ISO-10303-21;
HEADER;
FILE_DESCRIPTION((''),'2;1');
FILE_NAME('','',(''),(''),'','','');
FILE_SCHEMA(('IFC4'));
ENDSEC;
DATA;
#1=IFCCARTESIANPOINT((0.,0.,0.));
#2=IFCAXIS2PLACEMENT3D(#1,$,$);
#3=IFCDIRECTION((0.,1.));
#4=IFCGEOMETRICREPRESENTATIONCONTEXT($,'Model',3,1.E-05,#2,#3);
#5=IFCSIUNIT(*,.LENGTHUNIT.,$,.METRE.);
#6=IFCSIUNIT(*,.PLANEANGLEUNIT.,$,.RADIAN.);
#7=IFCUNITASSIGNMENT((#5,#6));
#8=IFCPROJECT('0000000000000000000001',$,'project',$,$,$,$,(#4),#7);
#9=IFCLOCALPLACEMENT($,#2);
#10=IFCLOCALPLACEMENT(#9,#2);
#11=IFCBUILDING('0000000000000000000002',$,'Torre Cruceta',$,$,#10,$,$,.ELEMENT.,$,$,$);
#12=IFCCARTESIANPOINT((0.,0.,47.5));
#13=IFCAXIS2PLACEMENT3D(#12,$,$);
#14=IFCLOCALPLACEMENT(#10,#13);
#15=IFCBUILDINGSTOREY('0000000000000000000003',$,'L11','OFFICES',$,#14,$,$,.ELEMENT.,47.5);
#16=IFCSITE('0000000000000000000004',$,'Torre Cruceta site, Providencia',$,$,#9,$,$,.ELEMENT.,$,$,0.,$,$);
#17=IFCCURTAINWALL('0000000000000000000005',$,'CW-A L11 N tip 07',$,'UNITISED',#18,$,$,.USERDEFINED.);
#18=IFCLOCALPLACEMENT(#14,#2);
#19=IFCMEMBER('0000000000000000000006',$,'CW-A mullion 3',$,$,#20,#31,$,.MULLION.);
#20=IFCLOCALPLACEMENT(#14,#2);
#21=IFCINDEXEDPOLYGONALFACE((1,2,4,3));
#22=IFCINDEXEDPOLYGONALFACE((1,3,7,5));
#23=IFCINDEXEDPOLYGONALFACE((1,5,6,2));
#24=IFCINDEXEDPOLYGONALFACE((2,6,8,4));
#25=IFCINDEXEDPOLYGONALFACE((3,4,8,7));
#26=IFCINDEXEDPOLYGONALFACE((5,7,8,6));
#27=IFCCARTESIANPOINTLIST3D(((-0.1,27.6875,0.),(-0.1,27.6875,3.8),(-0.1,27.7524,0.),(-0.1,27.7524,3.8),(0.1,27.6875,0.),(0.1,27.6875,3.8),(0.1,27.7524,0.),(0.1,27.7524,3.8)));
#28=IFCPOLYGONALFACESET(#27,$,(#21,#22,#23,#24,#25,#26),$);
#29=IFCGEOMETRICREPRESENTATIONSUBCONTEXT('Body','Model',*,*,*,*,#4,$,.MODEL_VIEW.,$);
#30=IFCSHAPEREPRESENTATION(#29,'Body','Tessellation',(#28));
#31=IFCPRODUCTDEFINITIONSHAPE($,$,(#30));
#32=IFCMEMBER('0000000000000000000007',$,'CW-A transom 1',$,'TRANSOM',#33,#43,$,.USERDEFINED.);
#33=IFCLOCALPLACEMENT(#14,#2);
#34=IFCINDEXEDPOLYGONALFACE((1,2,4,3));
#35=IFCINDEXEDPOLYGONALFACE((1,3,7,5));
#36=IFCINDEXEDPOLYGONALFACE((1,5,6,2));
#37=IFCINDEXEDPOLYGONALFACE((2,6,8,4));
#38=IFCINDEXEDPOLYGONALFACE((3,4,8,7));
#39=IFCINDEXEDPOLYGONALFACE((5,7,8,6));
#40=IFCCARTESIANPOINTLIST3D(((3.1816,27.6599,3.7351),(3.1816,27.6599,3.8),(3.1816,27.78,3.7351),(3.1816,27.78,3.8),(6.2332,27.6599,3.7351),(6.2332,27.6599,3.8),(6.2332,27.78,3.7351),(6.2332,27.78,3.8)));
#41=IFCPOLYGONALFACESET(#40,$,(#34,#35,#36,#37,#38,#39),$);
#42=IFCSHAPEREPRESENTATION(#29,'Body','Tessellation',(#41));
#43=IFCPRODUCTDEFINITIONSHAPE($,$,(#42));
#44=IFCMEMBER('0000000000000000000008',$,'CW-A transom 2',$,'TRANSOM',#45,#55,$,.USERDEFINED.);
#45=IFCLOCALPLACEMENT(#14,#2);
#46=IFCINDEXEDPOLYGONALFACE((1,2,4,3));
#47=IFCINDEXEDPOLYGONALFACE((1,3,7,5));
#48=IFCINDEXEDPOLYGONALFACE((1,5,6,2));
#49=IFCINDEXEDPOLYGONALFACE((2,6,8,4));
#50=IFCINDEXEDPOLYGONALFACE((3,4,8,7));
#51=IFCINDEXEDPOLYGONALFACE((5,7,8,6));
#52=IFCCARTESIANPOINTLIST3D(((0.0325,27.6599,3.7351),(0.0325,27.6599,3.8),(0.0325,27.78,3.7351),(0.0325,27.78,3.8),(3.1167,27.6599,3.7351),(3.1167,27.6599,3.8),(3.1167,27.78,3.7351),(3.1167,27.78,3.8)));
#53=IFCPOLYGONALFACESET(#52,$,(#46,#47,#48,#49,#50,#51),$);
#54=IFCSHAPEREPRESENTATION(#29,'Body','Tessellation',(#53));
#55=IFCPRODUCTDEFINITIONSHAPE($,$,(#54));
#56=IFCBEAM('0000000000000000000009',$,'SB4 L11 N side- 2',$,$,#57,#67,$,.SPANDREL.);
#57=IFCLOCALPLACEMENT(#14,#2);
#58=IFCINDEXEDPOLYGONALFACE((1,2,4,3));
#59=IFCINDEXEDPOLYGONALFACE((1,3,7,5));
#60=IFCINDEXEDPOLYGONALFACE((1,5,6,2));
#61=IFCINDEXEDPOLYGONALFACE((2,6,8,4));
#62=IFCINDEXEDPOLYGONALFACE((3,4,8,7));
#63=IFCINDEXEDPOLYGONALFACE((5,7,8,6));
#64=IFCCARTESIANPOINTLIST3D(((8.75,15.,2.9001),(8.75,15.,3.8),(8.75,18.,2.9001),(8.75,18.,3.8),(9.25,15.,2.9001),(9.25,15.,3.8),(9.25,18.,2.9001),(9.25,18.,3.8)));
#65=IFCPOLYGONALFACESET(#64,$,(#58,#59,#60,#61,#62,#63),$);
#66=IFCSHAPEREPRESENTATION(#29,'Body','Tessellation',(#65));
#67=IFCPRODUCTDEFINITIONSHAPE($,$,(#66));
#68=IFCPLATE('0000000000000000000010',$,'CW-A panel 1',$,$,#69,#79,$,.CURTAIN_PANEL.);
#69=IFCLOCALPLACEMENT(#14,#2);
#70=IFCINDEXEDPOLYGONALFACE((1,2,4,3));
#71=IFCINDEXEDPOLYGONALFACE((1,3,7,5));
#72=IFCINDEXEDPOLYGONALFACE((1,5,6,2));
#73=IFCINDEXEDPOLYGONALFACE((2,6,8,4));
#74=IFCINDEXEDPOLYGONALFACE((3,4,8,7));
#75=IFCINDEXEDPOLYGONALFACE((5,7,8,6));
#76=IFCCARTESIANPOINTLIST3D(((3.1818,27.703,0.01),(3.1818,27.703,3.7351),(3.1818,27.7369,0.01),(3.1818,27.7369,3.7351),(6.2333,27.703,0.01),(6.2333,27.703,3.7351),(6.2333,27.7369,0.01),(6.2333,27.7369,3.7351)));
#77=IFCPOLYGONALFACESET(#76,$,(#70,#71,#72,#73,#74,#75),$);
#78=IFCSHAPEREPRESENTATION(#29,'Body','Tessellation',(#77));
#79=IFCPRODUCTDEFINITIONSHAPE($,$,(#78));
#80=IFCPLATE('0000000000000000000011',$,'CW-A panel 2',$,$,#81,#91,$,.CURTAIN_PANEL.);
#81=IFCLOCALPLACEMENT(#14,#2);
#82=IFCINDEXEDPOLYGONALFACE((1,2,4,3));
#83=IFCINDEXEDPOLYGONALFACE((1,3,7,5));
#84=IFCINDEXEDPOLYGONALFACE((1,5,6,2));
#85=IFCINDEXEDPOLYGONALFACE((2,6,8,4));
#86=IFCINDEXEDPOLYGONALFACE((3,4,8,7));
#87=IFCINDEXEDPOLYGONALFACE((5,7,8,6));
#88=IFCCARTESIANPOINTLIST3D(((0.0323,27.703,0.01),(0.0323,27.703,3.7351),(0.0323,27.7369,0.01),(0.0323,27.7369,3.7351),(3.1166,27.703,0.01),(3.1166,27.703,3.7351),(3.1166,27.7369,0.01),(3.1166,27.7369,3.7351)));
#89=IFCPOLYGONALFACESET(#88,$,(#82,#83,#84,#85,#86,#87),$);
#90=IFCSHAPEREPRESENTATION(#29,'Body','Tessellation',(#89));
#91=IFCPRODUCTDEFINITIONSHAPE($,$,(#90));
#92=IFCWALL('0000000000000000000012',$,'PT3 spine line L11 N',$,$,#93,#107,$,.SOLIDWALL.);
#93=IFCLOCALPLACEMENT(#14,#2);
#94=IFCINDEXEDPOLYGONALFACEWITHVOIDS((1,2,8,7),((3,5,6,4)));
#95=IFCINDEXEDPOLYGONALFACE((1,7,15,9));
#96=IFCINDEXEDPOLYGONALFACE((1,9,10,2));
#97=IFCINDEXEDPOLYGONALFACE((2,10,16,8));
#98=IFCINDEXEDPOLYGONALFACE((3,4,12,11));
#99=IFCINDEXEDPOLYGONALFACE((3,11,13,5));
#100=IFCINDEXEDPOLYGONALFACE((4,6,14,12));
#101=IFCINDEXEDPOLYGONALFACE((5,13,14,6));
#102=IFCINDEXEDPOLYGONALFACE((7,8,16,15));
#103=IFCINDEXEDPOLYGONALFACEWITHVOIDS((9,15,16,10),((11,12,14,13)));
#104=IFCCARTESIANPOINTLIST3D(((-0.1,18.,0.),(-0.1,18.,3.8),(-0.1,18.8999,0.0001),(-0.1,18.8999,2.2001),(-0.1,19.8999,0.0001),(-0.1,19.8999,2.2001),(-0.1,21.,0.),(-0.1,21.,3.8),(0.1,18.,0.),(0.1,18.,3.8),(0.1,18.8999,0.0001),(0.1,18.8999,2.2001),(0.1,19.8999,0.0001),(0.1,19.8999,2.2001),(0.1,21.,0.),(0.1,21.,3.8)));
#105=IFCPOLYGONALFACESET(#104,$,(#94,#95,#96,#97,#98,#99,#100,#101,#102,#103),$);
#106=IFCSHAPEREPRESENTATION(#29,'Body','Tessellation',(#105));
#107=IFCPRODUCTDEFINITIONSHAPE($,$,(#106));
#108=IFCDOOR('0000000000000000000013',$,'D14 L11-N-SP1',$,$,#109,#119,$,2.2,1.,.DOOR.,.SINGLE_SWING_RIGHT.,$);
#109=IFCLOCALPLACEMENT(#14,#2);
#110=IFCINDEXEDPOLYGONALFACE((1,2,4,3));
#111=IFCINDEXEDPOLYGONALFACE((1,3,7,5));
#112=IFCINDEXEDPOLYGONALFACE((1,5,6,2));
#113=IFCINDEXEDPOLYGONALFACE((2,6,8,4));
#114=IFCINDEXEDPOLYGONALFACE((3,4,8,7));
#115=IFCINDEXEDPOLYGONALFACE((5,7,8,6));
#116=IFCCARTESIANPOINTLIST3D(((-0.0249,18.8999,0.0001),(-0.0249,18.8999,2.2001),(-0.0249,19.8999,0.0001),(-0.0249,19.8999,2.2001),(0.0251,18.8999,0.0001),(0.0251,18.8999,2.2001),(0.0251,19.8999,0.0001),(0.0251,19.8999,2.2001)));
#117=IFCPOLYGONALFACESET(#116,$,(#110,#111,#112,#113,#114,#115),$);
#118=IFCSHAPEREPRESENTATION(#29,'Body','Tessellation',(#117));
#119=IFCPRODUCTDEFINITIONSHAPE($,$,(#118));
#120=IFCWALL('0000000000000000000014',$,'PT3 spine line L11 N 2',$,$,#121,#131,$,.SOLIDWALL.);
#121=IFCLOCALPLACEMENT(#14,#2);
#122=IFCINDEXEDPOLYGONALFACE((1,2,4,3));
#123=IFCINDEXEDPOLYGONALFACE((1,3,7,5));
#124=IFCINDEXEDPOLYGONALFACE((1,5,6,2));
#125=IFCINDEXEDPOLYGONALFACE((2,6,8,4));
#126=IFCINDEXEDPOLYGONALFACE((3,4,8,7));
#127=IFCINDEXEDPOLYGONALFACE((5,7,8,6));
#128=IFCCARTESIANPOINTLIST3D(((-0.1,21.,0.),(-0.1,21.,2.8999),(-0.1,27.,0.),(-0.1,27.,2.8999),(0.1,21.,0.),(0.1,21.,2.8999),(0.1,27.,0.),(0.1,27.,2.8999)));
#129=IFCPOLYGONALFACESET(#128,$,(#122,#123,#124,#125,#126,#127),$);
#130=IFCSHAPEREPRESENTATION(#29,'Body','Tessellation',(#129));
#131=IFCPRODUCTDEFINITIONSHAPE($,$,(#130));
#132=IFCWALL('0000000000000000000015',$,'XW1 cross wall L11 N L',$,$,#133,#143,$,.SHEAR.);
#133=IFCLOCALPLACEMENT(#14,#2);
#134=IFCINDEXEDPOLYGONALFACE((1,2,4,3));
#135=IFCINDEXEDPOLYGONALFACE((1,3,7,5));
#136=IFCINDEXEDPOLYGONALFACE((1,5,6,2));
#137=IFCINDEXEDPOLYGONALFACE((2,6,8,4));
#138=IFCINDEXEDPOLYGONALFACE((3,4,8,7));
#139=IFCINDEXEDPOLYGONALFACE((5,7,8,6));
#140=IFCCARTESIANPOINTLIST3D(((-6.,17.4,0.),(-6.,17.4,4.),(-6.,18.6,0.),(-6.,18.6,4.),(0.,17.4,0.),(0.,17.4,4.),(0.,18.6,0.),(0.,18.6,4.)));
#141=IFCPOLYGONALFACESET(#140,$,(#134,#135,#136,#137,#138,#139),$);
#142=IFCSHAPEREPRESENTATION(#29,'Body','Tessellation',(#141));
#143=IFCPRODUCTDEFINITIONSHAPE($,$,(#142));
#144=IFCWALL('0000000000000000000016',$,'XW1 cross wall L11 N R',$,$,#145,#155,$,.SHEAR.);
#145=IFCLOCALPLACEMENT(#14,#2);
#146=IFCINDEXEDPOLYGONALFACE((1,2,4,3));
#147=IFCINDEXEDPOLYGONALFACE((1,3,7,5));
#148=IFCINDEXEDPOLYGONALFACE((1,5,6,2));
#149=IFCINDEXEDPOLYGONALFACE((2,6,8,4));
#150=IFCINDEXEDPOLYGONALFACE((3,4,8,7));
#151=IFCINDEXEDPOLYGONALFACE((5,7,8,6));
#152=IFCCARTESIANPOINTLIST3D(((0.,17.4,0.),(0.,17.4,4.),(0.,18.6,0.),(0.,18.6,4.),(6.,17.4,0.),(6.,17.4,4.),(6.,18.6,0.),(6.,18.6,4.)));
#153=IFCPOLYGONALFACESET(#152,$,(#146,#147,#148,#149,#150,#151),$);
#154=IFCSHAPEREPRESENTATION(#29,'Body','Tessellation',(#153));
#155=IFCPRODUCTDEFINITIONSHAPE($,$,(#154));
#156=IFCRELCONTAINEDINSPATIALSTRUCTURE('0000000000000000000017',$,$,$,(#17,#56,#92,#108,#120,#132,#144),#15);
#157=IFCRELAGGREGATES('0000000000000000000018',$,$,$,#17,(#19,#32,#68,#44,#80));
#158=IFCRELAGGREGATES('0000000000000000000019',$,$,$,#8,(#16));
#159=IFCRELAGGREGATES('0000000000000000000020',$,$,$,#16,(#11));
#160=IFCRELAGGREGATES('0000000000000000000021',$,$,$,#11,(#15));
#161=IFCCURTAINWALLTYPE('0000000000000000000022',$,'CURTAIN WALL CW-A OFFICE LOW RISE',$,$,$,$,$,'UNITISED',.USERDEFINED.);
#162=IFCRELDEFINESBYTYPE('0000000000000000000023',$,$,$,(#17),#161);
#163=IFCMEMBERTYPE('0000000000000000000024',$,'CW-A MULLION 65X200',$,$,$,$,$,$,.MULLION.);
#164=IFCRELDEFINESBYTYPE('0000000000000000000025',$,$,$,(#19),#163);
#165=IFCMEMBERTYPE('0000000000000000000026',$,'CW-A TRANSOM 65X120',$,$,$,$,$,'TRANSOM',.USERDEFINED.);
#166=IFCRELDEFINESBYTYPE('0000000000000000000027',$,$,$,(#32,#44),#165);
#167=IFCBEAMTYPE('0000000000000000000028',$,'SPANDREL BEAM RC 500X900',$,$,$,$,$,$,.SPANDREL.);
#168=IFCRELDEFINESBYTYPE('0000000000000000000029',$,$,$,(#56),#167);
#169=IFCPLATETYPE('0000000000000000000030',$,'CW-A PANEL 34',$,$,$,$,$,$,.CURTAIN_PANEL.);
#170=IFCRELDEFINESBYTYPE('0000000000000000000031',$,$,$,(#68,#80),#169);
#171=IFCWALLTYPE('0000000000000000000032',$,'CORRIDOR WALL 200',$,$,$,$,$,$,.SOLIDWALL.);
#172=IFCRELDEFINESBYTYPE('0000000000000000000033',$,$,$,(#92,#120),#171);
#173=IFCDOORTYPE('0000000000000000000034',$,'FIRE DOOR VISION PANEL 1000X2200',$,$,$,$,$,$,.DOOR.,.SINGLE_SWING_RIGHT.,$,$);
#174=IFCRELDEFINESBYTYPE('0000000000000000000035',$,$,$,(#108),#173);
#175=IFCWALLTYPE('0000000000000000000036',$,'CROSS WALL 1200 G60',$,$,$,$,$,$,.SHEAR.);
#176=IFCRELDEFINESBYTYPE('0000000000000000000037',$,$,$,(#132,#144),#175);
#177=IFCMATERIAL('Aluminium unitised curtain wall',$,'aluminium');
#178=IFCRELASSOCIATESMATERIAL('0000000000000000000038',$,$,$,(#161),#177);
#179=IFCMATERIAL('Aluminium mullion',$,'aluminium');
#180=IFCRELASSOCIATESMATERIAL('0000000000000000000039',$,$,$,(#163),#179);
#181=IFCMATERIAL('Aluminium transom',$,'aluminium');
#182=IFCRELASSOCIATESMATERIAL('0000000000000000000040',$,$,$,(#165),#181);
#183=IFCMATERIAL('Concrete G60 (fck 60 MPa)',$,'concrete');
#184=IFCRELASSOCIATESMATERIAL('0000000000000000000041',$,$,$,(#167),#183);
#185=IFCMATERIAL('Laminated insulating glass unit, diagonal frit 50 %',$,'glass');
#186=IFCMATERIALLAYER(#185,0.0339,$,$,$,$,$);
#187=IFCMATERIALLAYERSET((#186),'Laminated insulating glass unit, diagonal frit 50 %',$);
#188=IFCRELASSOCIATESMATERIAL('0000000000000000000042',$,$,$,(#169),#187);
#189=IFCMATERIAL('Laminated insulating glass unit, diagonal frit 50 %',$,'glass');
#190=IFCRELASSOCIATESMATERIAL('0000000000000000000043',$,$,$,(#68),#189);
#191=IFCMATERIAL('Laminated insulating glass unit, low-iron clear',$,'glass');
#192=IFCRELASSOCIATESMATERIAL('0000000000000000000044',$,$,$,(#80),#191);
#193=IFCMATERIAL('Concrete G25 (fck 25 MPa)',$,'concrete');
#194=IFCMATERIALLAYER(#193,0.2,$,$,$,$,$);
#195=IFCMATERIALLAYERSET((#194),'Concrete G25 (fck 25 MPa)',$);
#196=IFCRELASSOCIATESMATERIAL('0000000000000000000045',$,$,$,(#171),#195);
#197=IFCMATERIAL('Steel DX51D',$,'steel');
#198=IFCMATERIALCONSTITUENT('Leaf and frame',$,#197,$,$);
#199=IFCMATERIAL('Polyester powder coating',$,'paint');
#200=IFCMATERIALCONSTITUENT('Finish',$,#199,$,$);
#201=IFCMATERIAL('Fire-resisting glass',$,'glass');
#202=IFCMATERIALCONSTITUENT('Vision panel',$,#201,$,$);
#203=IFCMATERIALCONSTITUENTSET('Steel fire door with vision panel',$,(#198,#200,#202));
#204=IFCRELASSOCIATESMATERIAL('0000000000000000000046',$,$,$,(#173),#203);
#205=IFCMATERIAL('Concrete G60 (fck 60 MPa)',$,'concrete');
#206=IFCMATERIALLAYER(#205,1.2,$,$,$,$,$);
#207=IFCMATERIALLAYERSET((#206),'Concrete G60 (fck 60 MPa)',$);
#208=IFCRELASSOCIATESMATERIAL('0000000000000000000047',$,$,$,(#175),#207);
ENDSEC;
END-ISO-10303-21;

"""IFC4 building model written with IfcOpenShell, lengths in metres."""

from ifc_helpers import new_model, si_unit, direction, frame, frame_2d, origin, origin_2d, place, context, subcontext, project, spatial, rectangle, extrude, material, layer, layer_set, constituent, constituent_set, material_profile, profile_set, type_object, element, fill, aggregate, save


model = new_model("IFC4")

# Units and contexts
model_context = context("Model", 3, precision=1e-05, world=origin(), true_north=direction((0.0, 1.0)))
body_context = subcontext(model_context, "Body", "Model", "MODEL_VIEW")
ifc_project = project(units=[si_unit("LENGTHUNIT", "METRE"), si_unit("PLANEANGLEUNIT", "RADIAN")], contexts=[model_context])

# Site, building, storey
site_placement = place(None, origin())
site = spatial("IfcSite", under=ifc_project, at=site_placement, Name="Torre Cruceta site, Providencia", CompositionType="ELEMENT", RefElevation=0.0)
building_placement = place(site_placement, origin())
building = spatial("IfcBuilding", under=site, at=building_placement, Name="Torre Cruceta", CompositionType="ELEMENT")
storey_placement = place(building_placement, frame((0.0, 0.0, 47.5)))
storey = spatial("IfcBuildingStorey", under=building, at=storey_placement, Name="L11", Description="OFFICES", CompositionType="ELEMENT", Elevation=47.5)

# Curtain wall, members
ifc_material_1 = material(Name="Aluminium unitised curtain wall", Category="aluminium")
curtain_wall_type = type_object("IfcCurtainWallType", Name="CURTAIN WALL CW-A OFFICE LOW RISE", ElementType="UNITISED", PredefinedType="USERDEFINED", material=ifc_material_1)
curtain_wall_placement = place(storey_placement, origin())
curtain_wall = element("IfcCurtainWall", 1, at=curtain_wall_placement, inside=storey, type_object=curtain_wall_type, Name="CW-A L11 N tip 07", ObjectType="UNITISED", PredefinedType="USERDEFINED")
ifc_material_2 = material(Name="Aluminium mullion", Category="aluminium")
ifc_material_profile_1 = material_profile(ifc_material_2, rectangle(XDim=0.0649, YDim=0.2, at=origin_2d()), Name="AL 65X200")
ifc_profile_set_1 = profile_set([ifc_material_profile_1], Name="Aluminium mullion")
member_type_1 = type_object("IfcMemberType", Name="CW-A MULLION 65X200", PredefinedType="MULLION", material=ifc_profile_set_1)
member_1_placement = place(storey_placement, frame((0.0, 27.72, 0.0), z_axis=(0.0, 0.0, 1.0), x_axis=(0.0, -1.0, 0.0)))
member_1 = element("IfcMember", 2, at=member_1_placement, type_object=member_type_1, Name="CW-A mullion 3", PredefinedType="MULLION", context=body_context, shape_type="SweptSolid", body=[
    extrude(rectangle(XDim=0.0649, YDim=0.2, at=origin_2d()), origin(), (0.0, 0.0, 1.0), 3.8),
])
ifc_material_3 = material(Name="Aluminium transom", Category="aluminium")
ifc_material_profile_2 = material_profile(ifc_material_3, rectangle(XDim=0.1201, YDim=0.0649, at=origin_2d()), Name="AL 120X65")
ifc_profile_set_2 = profile_set([ifc_material_profile_2], Name="Aluminium transom")
member_type_2 = type_object("IfcMemberType", Name="CW-A TRANSOM 65X120", ElementType="TRANSOM", PredefinedType="USERDEFINED", material=ifc_profile_set_2)
member_2_placement = place(storey_placement, frame((6.2332, 27.72, 3.7676), z_axis=(-1.0, 0.0, 0.0), x_axis=(0.0, -1.0, 0.0)))
member_2 = element("IfcMember", 3, at=member_2_placement, type_object=member_type_2, Name="CW-A transom 1", ObjectType="TRANSOM", PredefinedType="USERDEFINED", context=body_context, shape_type="SweptSolid", body=[
    extrude(rectangle(XDim=0.1201, YDim=0.0649, at=origin_2d()), origin(), (0.0, 0.0, 1.0), 3.0515),
])
member_3_placement = place(storey_placement, frame((3.1167, 27.72, 3.7676), z_axis=(-1.0, 0.0, 0.0), x_axis=(0.0, -1.0, 0.0)))
member_3 = element("IfcMember", 4, at=member_3_placement, type_object=member_type_2, Name="CW-A transom 2", ObjectType="TRANSOM", PredefinedType="USERDEFINED", context=body_context, shape_type="SweptSolid", body=[
    extrude(rectangle(XDim=0.1201, YDim=0.0649, at=origin_2d()), origin(), (0.0, 0.0, 1.0), 3.0842),
])

# Beam
ifc_material_4 = material(Name="Concrete G60 (fck 60 MPa)", Category="concrete")
ifc_material_profile_3 = material_profile(ifc_material_4, rectangle(XDim=0.5, YDim=0.8999, at=origin_2d()), Name="RC 500X900")
ifc_profile_set_3 = profile_set([ifc_material_profile_3], Name="Concrete G60 (fck 60 MPa)")
beam_type_1 = type_object("IfcBeamType", Name="SPANDREL BEAM RC 500X900", PredefinedType="SPANDREL", material=ifc_profile_set_3)
beam_placement = place(storey_placement, frame((9.0, 15.0, 3.3501), z_axis=(0.0, 1.0, 0.0), x_axis=(-1.0, 0.0, 0.0)))
element("IfcBeam", 5, at=beam_placement, inside=storey, type_object=beam_type_1, Name="SB4 L11 N side- 2", PredefinedType="SPANDREL", context=body_context, shape_type="SweptSolid", body=[
    extrude(rectangle(XDim=0.5, YDim=0.8999, at=origin_2d()), origin(), (0.0, 0.0, 1.0), 3.0),
])

# Plates
ifc_material_5 = material(Name="Laminated insulating glass unit, diagonal frit 50 %", Category="glass")
ifc_material_6 = material(Name="Laminated insulating glass unit, diagonal frit 50 %", Category="glass")
ifc_layer_1 = layer(ifc_material_6, 0.0339)
ifc_layer_set_1 = layer_set([ifc_layer_1], Name="Laminated insulating glass unit, diagonal frit 50 %")
plate_type = type_object("IfcPlateType", Name="CW-A PANEL 34", PredefinedType="CURTAIN_PANEL", material=ifc_layer_set_1)
plate_1_placement = place(storey_placement, frame((4.7075, 27.72, 0.01), z_axis=(0.0, 0.0, 1.0), x_axis=(-1.0, 0.0, 0.0)))
plate_1 = element("IfcPlate", 6, at=plate_1_placement, type_object=plate_type, material=ifc_material_5, Name="CW-A panel 1", PredefinedType="CURTAIN_PANEL", context=body_context, shape_type="SweptSolid", body=[
    extrude(rectangle(XDim=3.0515, YDim=0.0339, at=origin_2d()), origin(), (0.0, 0.0, 1.0), 3.7251),
])
ifc_material_7 = material(Name="Laminated insulating glass unit, low-iron clear", Category="glass")
plate_2_placement = place(storey_placement, frame((1.5745, 27.72, 0.01), z_axis=(0.0, 0.0, 1.0), x_axis=(-1.0, 0.0, 0.0)))
plate_2 = element("IfcPlate", 7, at=plate_2_placement, type_object=plate_type, material=ifc_material_7, Name="CW-A panel 2", PredefinedType="CURTAIN_PANEL", context=body_context, shape_type="SweptSolid", body=[
    extrude(rectangle(XDim=3.0842, YDim=0.0339, at=origin_2d()), origin(), (0.0, 0.0, 1.0), 3.7251),
])
aggregate(curtain_wall, [member_1, member_2, plate_1, member_3, plate_2])

# Wall, opening, door
ifc_material_8 = material(Name="Concrete G25 (fck 25 MPa)", Category="concrete")
ifc_layer_2 = layer(ifc_material_8, 0.2)
ifc_layer_set_2 = layer_set([ifc_layer_2], Name="Concrete G25 (fck 25 MPa)")
wall_type_1 = type_object("IfcWallType", Name="CORRIDOR WALL 200", PredefinedType="SOLIDWALL", material=ifc_layer_set_2)
wall_1_placement = place(storey_placement, frame((0.0, 18.0, 0.0), z_axis=(0.0, 0.0, 1.0), x_axis=(0.0, 1.0, 0.0)))
wall_1 = element("IfcWall", 8, at=wall_1_placement, inside=storey, type_object=wall_type_1, Name="PT3 spine line L11 N", PredefinedType="SOLIDWALL", context=body_context, shape_type="SweptSolid", body=[
    extrude(rectangle(XDim=3.0, YDim=0.2, at=frame_2d((1.5, 0.0))), origin(), (0.0, 0.0, 1.0), 3.8),
])
opening_1_placement = place(wall_1_placement, frame((0.8999, 0.0, 0.0)))
opening_1 = element("IfcOpeningElement", 9, at=opening_1_placement, cuts=wall_1, PredefinedType="OPENING", context=body_context, shape_type="SweptSolid", body=[
    extrude(rectangle(XDim=1.0, YDim=2.2, at=frame_2d((0.5, 1.1001))), frame((0.0, 0.1099, 0.0), z_axis=(0.0, -1.0, 0.0), x_axis=(1.0, 0.0, 0.0)), (0.0, 0.0, 1.0), 0.22),
])
ifc_material_9 = material(Name="Steel DX51D", Category="steel")
ifc_constituent_1 = constituent(ifc_material_9, Name="Leaf and frame")
ifc_material_10 = material(Name="Polyester powder coating", Category="paint")
ifc_constituent_2 = constituent(ifc_material_10, Name="Finish")
ifc_material_11 = material(Name="Fire-resisting glass", Category="glass")
ifc_constituent_3 = constituent(ifc_material_11, Name="Vision panel")
ifc_constituent_set_1 = constituent_set(constituents=[ifc_constituent_1, ifc_constituent_2, ifc_constituent_3], Name="Steel fire door with vision panel")
door_type_1 = type_object("IfcDoorType", Name="FIRE DOOR VISION PANEL 1000X2200", OperationType="SINGLE_SWING_RIGHT", PredefinedType="DOOR", material=ifc_constituent_set_1)
door_1_placement = place(opening_1_placement, frame((1.0, 0.0, 0.0), z_axis=(0.0, 0.0, 1.0), x_axis=(-1.0, 0.0, 0.0)))
door_1 = element("IfcDoor", 10, at=door_1_placement, inside=storey, type_object=door_type_1, Name="D14 L11-N-SP1", OperationType="SINGLE_SWING_RIGHT", OverallHeight=2.2, OverallWidth=1.0, PredefinedType="DOOR", context=body_context, shape_type="SweptSolid", body=[
    extrude(rectangle(XDim=1.0, YDim=2.2, at=frame_2d((0.5, 1.1001))), frame((0.0, 0.0251, 0.0), z_axis=(0.0, -1.0, 0.0), x_axis=(1.0, 0.0, 0.0)), (0.0, 0.0, 1.0), 0.05),
])
fill(opening_1, door_1)

# Walls
wall_2_placement = place(storey_placement, frame((0.0, 21.0, 0.0), z_axis=(0.0, 0.0, 1.0), x_axis=(0.0, 1.0, 0.0)))
element("IfcWall", 11, at=wall_2_placement, inside=storey, type_object=wall_type_1, Name="PT3 spine line L11 N 2", PredefinedType="SOLIDWALL", context=body_context, shape_type="SweptSolid", body=[
    extrude(rectangle(XDim=6.0, YDim=0.2, at=frame_2d((3.0, 0.0))), origin(), (0.0, 0.0, 1.0), 2.8999),
])
ifc_material_12 = material(Name="Concrete G60 (fck 60 MPa)", Category="concrete")
ifc_layer_3 = layer(ifc_material_12, 1.2)
ifc_layer_set_3 = layer_set([ifc_layer_3], Name="Concrete G60 (fck 60 MPa)")
wall_type_2 = type_object("IfcWallType", Name="CROSS WALL 1200 G60", PredefinedType="SHEAR", material=ifc_layer_set_3)
for number, where, z_axis, x_axis, name in (
    (12, (0.0, 18.0, 0.0), (0.0, 0.0, 1.0), (-1.0, 0.0, 0.0), "XW1 cross wall L11 N L"),
    (13, (0.0, 18.0, 0.0), (0.0, 0.0, 1.0), (1.0, 0.0, 0.0), "XW1 cross wall L11 N R"),
):
    element("IfcWall", number, at=place(storey_placement, frame(where, z_axis=z_axis, x_axis=x_axis)), inside=storey, type_object=wall_type_2, Name=name, PredefinedType="SHEAR", context=body_context, shape_type="SweptSolid", body=[
        extrude(rectangle(XDim=6.0, YDim=1.2, at=frame_2d((3.0, 0.0))), origin(), (0.0, 0.0, 1.0), 4.0),
    ])

save(model, "model.ifc")
